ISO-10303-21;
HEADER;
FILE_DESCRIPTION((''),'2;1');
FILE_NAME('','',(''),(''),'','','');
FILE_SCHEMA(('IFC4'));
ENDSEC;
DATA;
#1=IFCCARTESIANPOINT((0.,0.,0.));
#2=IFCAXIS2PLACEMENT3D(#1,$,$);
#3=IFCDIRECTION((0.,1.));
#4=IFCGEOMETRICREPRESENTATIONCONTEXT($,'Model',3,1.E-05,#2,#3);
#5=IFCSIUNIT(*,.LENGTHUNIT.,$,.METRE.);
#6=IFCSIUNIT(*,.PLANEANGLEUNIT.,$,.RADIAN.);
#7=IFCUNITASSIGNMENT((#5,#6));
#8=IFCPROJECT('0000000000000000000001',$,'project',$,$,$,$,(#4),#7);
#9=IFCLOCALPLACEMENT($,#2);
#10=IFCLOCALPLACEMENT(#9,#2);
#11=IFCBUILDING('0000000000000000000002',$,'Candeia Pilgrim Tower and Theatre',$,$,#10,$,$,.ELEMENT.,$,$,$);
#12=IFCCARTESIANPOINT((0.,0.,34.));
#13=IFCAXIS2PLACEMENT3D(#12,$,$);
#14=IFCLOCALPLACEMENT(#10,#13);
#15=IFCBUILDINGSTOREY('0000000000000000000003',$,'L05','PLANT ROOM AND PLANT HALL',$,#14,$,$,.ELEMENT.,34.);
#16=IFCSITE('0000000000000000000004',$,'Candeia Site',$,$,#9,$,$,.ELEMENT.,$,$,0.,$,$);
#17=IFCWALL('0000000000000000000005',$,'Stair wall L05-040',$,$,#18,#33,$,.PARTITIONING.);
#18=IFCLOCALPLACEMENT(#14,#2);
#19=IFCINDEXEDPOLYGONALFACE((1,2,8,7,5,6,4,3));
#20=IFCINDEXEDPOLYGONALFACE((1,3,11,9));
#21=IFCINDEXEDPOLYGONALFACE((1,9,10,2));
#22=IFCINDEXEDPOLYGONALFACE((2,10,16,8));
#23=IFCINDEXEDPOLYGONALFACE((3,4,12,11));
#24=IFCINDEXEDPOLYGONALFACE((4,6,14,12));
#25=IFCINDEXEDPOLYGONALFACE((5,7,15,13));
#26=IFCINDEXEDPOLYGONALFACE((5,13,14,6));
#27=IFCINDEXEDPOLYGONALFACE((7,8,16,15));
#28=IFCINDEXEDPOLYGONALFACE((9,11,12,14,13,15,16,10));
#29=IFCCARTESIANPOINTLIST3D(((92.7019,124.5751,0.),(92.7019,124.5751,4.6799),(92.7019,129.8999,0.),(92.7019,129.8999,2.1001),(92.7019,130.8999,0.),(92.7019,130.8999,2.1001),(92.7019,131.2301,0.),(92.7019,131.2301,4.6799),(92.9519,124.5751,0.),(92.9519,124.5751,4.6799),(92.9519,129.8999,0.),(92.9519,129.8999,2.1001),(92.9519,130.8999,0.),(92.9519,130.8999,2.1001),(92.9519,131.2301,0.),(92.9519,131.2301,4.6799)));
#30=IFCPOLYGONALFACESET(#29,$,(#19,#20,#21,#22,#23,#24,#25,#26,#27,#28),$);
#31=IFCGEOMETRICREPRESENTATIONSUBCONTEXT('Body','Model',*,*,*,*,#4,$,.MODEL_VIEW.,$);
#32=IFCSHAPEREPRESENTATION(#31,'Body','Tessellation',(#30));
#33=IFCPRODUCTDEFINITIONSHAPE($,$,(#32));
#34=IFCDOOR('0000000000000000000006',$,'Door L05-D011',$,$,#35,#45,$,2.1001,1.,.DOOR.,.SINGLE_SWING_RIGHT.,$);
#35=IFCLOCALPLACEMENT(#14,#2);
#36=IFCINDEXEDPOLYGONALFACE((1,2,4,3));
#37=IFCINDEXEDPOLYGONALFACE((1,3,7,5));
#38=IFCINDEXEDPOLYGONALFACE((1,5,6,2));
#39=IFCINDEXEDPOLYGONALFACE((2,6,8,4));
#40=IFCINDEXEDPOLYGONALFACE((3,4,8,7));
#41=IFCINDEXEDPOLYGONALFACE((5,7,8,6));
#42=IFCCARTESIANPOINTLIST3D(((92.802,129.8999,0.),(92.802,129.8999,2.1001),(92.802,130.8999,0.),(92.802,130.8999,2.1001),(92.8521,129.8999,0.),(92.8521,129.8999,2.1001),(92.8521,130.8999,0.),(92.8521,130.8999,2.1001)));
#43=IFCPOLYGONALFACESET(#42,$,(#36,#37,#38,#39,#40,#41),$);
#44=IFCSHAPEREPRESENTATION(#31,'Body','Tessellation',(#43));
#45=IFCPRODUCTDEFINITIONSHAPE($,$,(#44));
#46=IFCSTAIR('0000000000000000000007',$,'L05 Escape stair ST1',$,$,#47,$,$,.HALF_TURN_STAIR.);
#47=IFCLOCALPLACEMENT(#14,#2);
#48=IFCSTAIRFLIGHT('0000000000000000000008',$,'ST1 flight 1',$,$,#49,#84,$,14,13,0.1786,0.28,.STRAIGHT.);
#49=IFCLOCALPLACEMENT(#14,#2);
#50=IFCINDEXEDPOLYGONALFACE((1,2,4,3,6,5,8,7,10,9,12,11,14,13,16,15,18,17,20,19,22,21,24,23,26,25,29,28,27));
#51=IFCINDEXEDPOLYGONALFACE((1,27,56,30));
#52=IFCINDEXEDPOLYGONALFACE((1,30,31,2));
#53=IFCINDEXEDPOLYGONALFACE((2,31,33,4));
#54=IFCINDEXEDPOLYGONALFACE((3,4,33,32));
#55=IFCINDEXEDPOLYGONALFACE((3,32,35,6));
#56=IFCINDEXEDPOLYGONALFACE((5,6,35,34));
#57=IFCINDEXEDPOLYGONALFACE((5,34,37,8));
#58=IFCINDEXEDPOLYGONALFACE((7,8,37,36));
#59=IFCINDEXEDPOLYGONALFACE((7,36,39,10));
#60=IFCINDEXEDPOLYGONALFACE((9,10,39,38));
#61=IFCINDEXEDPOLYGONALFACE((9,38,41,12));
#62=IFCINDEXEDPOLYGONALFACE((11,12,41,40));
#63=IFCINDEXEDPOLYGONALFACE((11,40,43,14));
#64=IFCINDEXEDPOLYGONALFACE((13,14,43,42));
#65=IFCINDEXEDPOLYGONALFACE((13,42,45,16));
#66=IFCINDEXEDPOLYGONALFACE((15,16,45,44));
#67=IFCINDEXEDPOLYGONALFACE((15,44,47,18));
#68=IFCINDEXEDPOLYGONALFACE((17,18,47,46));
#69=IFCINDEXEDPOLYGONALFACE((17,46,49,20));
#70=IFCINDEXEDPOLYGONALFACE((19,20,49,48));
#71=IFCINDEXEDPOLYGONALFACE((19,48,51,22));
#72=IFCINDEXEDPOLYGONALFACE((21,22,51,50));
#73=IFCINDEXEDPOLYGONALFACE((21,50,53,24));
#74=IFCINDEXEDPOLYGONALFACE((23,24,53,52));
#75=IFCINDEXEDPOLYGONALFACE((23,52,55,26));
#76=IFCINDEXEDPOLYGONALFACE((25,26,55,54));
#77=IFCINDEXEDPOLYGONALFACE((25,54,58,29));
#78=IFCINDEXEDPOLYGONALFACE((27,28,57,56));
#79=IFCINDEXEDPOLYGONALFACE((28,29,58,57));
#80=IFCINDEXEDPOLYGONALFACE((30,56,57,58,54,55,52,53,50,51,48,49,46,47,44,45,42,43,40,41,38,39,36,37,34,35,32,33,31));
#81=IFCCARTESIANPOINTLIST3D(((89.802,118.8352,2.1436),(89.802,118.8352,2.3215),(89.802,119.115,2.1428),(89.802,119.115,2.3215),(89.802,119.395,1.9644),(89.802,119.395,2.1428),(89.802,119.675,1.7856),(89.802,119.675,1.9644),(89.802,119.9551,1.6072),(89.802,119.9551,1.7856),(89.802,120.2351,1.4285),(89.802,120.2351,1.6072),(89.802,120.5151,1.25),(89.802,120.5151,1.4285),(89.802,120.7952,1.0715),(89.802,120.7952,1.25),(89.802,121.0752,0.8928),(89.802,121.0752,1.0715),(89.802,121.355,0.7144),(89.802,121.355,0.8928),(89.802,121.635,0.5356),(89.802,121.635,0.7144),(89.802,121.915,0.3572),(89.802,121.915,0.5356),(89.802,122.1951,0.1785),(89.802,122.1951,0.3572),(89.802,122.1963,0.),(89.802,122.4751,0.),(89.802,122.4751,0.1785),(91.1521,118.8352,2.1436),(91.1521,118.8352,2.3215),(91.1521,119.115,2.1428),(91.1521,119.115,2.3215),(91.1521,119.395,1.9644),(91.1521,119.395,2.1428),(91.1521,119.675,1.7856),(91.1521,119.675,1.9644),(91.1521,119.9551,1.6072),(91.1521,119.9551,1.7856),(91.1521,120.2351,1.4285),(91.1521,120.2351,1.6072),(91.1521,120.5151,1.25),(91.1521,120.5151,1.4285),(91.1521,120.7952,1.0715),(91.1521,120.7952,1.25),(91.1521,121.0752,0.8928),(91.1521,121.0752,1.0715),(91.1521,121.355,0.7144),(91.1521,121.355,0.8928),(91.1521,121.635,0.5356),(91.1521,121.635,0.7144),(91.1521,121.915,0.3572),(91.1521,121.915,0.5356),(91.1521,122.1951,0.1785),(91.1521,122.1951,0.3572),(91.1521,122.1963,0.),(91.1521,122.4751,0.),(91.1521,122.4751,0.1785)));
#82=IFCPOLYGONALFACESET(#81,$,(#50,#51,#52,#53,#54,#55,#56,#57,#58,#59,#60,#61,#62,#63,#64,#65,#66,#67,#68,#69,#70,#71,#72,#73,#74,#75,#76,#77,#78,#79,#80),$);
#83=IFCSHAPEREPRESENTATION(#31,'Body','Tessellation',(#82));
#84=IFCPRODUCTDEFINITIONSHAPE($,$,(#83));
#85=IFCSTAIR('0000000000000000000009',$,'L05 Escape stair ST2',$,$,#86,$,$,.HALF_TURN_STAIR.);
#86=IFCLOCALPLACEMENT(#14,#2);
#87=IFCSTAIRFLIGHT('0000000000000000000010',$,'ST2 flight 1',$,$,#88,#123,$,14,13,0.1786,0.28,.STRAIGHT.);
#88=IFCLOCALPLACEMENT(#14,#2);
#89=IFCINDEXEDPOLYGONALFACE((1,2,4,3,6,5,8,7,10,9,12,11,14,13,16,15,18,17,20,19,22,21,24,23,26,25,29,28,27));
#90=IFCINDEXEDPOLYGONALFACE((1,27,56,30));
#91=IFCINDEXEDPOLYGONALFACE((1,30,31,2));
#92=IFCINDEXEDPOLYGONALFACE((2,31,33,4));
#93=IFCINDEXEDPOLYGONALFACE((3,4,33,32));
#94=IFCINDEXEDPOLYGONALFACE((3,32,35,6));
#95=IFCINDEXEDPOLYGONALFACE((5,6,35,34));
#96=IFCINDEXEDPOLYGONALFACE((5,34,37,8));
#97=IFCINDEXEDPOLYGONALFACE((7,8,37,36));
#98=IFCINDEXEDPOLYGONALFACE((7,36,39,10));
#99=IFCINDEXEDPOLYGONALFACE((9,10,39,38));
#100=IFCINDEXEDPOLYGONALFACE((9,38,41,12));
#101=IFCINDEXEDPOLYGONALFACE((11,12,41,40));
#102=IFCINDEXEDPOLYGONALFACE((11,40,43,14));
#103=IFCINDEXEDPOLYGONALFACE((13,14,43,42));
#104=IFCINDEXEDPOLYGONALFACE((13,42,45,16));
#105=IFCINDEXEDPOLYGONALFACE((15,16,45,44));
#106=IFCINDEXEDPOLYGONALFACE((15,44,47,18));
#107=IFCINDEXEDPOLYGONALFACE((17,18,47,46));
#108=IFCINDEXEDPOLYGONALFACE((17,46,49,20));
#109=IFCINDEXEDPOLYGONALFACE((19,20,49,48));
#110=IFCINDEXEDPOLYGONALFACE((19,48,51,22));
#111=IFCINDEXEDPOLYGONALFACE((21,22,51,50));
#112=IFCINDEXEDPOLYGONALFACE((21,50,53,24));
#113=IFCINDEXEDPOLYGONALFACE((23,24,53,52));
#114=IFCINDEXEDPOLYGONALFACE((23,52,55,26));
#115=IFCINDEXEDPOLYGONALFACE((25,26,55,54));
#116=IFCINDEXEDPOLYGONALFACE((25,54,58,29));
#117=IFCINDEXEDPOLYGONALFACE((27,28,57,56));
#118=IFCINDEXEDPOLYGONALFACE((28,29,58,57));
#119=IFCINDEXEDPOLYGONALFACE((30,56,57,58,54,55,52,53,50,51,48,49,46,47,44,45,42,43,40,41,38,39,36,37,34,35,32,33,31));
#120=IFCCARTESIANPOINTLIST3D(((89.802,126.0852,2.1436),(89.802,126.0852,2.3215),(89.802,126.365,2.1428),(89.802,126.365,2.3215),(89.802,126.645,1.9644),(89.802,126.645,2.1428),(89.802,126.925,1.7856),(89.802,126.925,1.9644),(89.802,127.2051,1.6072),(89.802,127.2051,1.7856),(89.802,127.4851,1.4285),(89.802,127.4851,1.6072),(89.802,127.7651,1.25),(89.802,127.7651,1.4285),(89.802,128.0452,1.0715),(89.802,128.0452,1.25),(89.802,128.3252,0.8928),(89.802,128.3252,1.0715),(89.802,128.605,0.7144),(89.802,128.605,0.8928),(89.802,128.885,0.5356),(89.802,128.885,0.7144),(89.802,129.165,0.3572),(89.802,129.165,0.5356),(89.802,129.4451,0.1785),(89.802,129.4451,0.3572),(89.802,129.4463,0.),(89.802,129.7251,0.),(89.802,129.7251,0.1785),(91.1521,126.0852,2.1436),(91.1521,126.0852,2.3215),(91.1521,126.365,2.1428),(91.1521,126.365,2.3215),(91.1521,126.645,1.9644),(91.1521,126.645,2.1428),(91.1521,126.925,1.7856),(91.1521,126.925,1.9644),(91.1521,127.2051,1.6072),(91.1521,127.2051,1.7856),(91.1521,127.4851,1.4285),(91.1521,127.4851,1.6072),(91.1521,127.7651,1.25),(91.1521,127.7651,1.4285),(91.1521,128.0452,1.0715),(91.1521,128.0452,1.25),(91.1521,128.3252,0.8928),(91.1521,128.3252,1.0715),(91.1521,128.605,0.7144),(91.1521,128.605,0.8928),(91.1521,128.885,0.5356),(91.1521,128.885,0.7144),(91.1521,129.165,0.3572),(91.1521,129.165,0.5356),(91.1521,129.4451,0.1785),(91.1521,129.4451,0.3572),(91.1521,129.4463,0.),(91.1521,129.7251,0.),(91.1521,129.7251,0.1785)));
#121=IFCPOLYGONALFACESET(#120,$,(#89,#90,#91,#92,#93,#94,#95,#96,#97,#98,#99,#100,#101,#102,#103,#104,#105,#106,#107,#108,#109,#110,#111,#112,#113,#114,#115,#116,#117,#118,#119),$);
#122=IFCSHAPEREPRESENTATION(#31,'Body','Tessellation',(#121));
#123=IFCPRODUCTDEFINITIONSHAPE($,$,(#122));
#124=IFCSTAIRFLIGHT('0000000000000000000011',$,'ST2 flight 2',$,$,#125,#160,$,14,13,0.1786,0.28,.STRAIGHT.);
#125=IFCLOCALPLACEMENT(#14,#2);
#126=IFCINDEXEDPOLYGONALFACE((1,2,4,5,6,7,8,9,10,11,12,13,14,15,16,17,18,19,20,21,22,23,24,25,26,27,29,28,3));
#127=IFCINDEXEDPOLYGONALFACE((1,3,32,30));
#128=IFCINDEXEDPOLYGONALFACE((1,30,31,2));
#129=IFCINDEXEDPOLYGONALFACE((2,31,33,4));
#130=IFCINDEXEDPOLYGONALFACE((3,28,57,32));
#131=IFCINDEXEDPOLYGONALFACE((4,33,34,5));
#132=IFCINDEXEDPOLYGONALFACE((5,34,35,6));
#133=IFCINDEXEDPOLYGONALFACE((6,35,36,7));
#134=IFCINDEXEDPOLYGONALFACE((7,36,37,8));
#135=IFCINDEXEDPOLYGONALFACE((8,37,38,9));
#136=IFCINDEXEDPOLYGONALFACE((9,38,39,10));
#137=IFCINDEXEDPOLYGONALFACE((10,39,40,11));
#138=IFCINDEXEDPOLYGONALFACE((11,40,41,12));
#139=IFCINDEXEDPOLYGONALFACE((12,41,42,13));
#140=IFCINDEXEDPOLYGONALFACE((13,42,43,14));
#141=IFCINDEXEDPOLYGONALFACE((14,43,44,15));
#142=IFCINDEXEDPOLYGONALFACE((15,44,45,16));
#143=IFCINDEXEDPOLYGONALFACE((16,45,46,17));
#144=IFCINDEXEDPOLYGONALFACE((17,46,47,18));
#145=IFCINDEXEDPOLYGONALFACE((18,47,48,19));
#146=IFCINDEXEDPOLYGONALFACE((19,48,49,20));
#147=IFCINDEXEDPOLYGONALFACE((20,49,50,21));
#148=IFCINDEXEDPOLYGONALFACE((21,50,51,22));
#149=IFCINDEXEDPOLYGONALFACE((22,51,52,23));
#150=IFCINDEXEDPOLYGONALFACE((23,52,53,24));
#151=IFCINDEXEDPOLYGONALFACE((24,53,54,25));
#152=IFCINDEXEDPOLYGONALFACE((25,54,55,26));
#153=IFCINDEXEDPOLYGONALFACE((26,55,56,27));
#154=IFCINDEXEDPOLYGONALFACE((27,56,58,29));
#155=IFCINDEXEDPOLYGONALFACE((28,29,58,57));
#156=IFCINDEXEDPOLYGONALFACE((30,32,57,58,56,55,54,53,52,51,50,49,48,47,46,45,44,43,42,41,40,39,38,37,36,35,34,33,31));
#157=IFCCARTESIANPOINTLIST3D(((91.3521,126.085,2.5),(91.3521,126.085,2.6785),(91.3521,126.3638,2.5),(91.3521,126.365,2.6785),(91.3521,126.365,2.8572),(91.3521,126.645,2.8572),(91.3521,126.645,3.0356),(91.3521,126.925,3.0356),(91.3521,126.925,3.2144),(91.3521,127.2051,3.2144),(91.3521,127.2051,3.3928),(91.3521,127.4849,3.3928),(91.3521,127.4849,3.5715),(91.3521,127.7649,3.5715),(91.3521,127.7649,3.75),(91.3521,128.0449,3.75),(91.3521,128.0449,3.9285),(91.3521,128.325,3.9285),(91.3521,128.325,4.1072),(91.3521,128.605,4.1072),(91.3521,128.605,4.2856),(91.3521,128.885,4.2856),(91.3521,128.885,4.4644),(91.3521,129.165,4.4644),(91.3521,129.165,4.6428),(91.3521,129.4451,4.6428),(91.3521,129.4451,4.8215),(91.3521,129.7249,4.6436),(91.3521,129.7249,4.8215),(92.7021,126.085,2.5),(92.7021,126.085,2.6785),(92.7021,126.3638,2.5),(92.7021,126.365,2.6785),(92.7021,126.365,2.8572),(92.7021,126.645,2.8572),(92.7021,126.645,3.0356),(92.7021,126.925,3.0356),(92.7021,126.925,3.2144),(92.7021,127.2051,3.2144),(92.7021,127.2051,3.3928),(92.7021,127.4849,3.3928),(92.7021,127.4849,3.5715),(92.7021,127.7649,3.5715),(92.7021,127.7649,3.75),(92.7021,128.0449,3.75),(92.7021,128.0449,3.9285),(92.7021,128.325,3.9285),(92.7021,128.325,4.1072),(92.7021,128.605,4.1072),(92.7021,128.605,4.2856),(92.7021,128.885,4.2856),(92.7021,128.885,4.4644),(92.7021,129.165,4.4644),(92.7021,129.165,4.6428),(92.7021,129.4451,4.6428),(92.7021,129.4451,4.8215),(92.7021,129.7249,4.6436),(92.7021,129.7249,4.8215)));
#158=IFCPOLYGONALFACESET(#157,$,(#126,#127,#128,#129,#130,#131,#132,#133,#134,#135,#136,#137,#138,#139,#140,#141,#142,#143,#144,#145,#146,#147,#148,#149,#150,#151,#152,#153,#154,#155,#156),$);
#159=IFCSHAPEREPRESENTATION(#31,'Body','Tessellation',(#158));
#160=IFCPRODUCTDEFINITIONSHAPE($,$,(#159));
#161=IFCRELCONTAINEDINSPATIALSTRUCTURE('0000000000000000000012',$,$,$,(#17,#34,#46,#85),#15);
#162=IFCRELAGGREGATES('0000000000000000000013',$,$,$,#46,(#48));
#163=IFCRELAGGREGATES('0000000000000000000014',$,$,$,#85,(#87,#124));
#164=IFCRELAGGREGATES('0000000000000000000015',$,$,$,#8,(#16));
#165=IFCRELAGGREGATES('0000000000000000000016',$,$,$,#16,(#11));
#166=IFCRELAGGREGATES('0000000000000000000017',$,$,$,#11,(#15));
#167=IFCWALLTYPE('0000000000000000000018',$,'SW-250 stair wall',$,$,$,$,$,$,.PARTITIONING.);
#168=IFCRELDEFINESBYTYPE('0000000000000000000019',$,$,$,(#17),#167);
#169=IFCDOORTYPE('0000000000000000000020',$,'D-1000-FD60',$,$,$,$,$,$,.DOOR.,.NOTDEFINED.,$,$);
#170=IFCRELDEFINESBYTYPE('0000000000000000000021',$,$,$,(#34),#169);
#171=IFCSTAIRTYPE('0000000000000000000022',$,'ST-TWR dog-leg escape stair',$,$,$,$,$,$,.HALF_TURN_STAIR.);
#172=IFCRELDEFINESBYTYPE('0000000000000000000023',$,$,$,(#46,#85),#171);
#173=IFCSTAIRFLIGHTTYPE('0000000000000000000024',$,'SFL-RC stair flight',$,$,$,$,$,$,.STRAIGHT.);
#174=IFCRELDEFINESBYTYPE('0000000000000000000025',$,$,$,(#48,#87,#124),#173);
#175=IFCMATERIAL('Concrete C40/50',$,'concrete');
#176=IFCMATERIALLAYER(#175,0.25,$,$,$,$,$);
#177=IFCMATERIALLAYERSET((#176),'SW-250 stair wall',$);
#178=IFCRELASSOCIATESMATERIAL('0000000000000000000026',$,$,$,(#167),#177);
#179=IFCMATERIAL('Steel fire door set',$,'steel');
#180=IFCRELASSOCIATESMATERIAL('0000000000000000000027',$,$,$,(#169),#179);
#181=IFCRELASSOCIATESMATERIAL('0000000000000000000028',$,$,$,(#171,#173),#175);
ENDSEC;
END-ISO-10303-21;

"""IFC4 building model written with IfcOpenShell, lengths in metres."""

from ifc_helpers import new_model, si_unit, direction, frame, frame_2d, origin, place, context, subcontext, project, spatial, polyline, rectangle, outline, extrude, material, layer, layer_set, type_object, element, fill, aggregate, save


model = new_model("IFC4")

# Units and contexts
model_context = context("Model", 3, precision=1e-05, world=origin(), true_north=direction((0.0, 1.0)))
body_context = subcontext(model_context, "Body", "Model", "MODEL_VIEW")
ifc_project = project(units=[si_unit("LENGTHUNIT", "METRE"), si_unit("PLANEANGLEUNIT", "RADIAN")], contexts=[model_context])

# Site, building, storey
site_placement = place(None, origin())
site = spatial("IfcSite", under=ifc_project, at=site_placement, Name="Candeia Site", CompositionType="ELEMENT", RefElevation=0.0)
building_placement = place(site_placement, origin())
building = spatial("IfcBuilding", under=site, at=building_placement, Name="Candeia Pilgrim Tower and Theatre", CompositionType="ELEMENT")
storey_placement = place(building_placement, frame((0.0, 0.0, 34.0)))
storey = spatial("IfcBuildingStorey", under=building, at=storey_placement, Name="L05", Description="PLANT ROOM AND PLANT HALL", CompositionType="ELEMENT", Elevation=34.0)

# Shared definitions
ifc_material_1 = material(Name="Steel fire door set", Category="steel")

# Shared definitions
ifc_material_2 = material(Name="Concrete C40/50", Category="concrete")

# Shared definitions
ifc_layer_1 = layer(ifc_material_2, 0.25)
ifc_layer_set_1 = layer_set([ifc_layer_1], Name="SW-250 stair wall")
wall_type_1 = type_object("IfcWallType", Name="SW-250 stair wall", PredefinedType="PARTITIONING", material=ifc_layer_set_1)

# Wall, opening, door
wall_1_placement = place(storey_placement, frame((92.8269, 124.575, 0.0), z_axis=(0.0, 0.0, 1.0), x_axis=(0.0, 1.0, 0.0)))
wall_1 = element("IfcWall", 1, at=wall_1_placement, inside=storey, type_object=wall_type_1, Name="Stair wall L05-040", PredefinedType="PARTITIONING", context=body_context, shape_type="SweptSolid", body=[
    extrude(rectangle(XDim=6.655, YDim=0.25, at=frame_2d((3.3276, 0.0))), origin(), (0.0, 0.0, 1.0), 4.6799),
])
opening_1_placement = place(wall_1_placement, frame((5.325, 0.0, 0.0)))
opening_1 = element("IfcOpeningElement", 2, at=opening_1_placement, cuts=wall_1, PredefinedType="OPENING", context=body_context, shape_type="SweptSolid", body=[
    extrude(rectangle(XDim=1.0, YDim=2.1001, at=frame_2d((0.5, 1.05))), frame((0.0, 0.135, 0.0), z_axis=(0.0, -1.0, 0.0), x_axis=(1.0, 0.0, 0.0)), (0.0, 0.0, 1.0), 0.27),
])
door_type_1 = type_object("IfcDoorType", Name="D-1000-FD60", OperationType="NOTDEFINED", PredefinedType="DOOR", material=ifc_material_1)
door_1_placement = place(opening_1_placement, origin())
door_1 = element("IfcDoor", 3, at=door_1_placement, inside=storey, type_object=door_type_1, Name="Door L05-D011", OperationType="SINGLE_SWING_RIGHT", OverallHeight=2.1001, OverallWidth=1.0, PredefinedType="DOOR", context=body_context, shape_type="SweptSolid", body=[
    extrude(rectangle(XDim=1.0, YDim=2.1001, at=frame_2d((0.5, 1.05))), frame((0.0, 0.0249, 0.0), z_axis=(0.0, -1.0, 0.0), x_axis=(1.0, 0.0, 0.0)), (0.0, 0.0, 1.0), 0.05),
])
fill(opening_1, door_1)

# Stair, stair flight
stair_type = type_object("IfcStairType", Name="ST-TWR dog-leg escape stair", PredefinedType="HALF_TURN_STAIR", material=ifc_material_2)
stair_1_placement = place(storey_placement, origin())
stair_1 = element("IfcStair", 4, at=stair_1_placement, inside=storey, type_object=stair_type, Name="L05 Escape stair ST1", PredefinedType="HALF_TURN_STAIR")
stair_flight_type = type_object("IfcStairFlightType", Name="SFL-RC stair flight", PredefinedType="STRAIGHT", material=ifc_material_2)
stair_flight_1_placement = place(storey_placement, frame((90.4771, 122.4751, 0.0), z_axis=(0.0, 0.0, 1.0), x_axis=(0.0, -1.0, 0.0)))
stair_flight_1 = element("IfcStairFlight", 5, at=stair_flight_1_placement, type_object=stair_flight_type, Name="ST1 flight 1", NumberOfRisers=14, NumberOfTreads=13, PredefinedType="STRAIGHT", RiserHeight=0.1786, TreadLength=0.28, context=body_context, shape_type="SweptSolid", body=[
    extrude(outline(polyline([(0.0, 0.0), (0.0, 0.1785), (0.28, 0.1785), (0.28, 0.3572), (0.5601, 0.3572), (0.5601, 0.5356), (0.8401, 0.5356), (0.8401, 0.7144), (1.1201, 0.7144), (1.1201, 0.8928), (1.3999, 0.8928), (1.3999, 1.0715), (1.6799, 1.0715), (1.6799, 1.25), (1.96, 1.25), (1.96, 1.4285), (2.24, 1.4285), (2.24, 1.6072), (2.52, 1.6072), (2.52, 1.7856), (2.8, 1.7856), (2.8, 1.9644), (3.0801, 1.9644), (3.0801, 2.1428), (3.3601, 2.1428), (3.3601, 2.3215), (3.6399, 2.3215), (3.6399, 2.5), (3.6399, 2.1436), (0.2788, 0.0), (0.0, 0.0)])), frame((0.0, 0.675, 0.0), z_axis=(0.0, -1.0, 0.0), x_axis=(1.0, 0.0, 0.0)), (0.0, 0.0, 1.0), 1.3501),
])
aggregate(stair_1, [stair_flight_1])

# Stair, stair flights
stair_2_placement = place(storey_placement, origin())
stair_2 = element("IfcStair", 6, at=stair_2_placement, inside=storey, type_object=stair_type, Name="L05 Escape stair ST2", PredefinedType="HALF_TURN_STAIR")
stair_flight_2_placement = place(storey_placement, frame((90.4771, 129.7251, 0.0), z_axis=(0.0, 0.0, 1.0), x_axis=(0.0, -1.0, 0.0)))
stair_flight_2 = element("IfcStairFlight", 7, at=stair_flight_2_placement, type_object=stair_flight_type, Name="ST2 flight 1", NumberOfRisers=14, NumberOfTreads=13, PredefinedType="STRAIGHT", RiserHeight=0.1786, TreadLength=0.28, context=body_context, shape_type="SweptSolid", body=[
    extrude(outline(polyline([(0.0, 0.0), (0.0, 0.1785), (0.28, 0.1785), (0.28, 0.3572), (0.5601, 0.3572), (0.5601, 0.5356), (0.8401, 0.5356), (0.8401, 0.7144), (1.1201, 0.7144), (1.1201, 0.8928), (1.3999, 0.8928), (1.3999, 1.0715), (1.6799, 1.0715), (1.6799, 1.25), (1.96, 1.25), (1.96, 1.4285), (2.24, 1.4285), (2.24, 1.6072), (2.52, 1.6072), (2.52, 1.7856), (2.8, 1.7856), (2.8, 1.9644), (3.0801, 1.9644), (3.0801, 2.1428), (3.3601, 2.1428), (3.3601, 2.3215), (3.6399, 2.3215), (3.6399, 2.5), (3.6399, 2.1436), (0.2788, 0.0), (0.0, 0.0)])), frame((0.0, 0.675, 0.0), z_axis=(0.0, -1.0, 0.0), x_axis=(1.0, 0.0, 0.0)), (0.0, 0.0, 1.0), 1.3501),
])
stair_flight_3_placement = place(storey_placement, frame((92.0271, 126.085, 2.5), z_axis=(0.0, 0.0, 1.0), x_axis=(0.0, 1.0, 0.0)))
stair_flight_3 = element("IfcStairFlight", 8, at=stair_flight_3_placement, type_object=stair_flight_type, Name="ST2 flight 2", NumberOfRisers=14, NumberOfTreads=13, PredefinedType="STRAIGHT", RiserHeight=0.1786, TreadLength=0.28, context=body_context, shape_type="SweptSolid", body=[
    extrude(outline(polyline([(0.0, 0.0), (0.0, 0.1785), (0.28, 0.1785), (0.28, 0.3572), (0.5601, 0.3572), (0.5601, 0.5356), (0.8401, 0.5356), (0.8401, 0.7144), (1.1201, 0.7144), (1.1201, 0.8928), (1.3999, 0.8928), (1.3999, 1.0715), (1.6799, 1.0715), (1.6799, 1.25), (1.96, 1.25), (1.96, 1.4285), (2.24, 1.4285), (2.24, 1.6072), (2.52, 1.6072), (2.52, 1.7856), (2.8, 1.7856), (2.8, 1.9644), (3.0801, 1.9644), (3.0801, 2.1428), (3.3601, 2.1428), (3.3601, 2.3215), (3.6399, 2.3215), (3.6399, 2.5), (3.6399, 2.1436), (0.2788, 0.0), (0.0, 0.0)])), frame((0.0, 0.675, 0.0), z_axis=(0.0, -1.0, 0.0), x_axis=(1.0, 0.0, 0.0)), (0.0, 0.0, 1.0), 1.3501),
])
aggregate(stair_2, [stair_flight_2, stair_flight_3])

save(model, "model.ifc")
